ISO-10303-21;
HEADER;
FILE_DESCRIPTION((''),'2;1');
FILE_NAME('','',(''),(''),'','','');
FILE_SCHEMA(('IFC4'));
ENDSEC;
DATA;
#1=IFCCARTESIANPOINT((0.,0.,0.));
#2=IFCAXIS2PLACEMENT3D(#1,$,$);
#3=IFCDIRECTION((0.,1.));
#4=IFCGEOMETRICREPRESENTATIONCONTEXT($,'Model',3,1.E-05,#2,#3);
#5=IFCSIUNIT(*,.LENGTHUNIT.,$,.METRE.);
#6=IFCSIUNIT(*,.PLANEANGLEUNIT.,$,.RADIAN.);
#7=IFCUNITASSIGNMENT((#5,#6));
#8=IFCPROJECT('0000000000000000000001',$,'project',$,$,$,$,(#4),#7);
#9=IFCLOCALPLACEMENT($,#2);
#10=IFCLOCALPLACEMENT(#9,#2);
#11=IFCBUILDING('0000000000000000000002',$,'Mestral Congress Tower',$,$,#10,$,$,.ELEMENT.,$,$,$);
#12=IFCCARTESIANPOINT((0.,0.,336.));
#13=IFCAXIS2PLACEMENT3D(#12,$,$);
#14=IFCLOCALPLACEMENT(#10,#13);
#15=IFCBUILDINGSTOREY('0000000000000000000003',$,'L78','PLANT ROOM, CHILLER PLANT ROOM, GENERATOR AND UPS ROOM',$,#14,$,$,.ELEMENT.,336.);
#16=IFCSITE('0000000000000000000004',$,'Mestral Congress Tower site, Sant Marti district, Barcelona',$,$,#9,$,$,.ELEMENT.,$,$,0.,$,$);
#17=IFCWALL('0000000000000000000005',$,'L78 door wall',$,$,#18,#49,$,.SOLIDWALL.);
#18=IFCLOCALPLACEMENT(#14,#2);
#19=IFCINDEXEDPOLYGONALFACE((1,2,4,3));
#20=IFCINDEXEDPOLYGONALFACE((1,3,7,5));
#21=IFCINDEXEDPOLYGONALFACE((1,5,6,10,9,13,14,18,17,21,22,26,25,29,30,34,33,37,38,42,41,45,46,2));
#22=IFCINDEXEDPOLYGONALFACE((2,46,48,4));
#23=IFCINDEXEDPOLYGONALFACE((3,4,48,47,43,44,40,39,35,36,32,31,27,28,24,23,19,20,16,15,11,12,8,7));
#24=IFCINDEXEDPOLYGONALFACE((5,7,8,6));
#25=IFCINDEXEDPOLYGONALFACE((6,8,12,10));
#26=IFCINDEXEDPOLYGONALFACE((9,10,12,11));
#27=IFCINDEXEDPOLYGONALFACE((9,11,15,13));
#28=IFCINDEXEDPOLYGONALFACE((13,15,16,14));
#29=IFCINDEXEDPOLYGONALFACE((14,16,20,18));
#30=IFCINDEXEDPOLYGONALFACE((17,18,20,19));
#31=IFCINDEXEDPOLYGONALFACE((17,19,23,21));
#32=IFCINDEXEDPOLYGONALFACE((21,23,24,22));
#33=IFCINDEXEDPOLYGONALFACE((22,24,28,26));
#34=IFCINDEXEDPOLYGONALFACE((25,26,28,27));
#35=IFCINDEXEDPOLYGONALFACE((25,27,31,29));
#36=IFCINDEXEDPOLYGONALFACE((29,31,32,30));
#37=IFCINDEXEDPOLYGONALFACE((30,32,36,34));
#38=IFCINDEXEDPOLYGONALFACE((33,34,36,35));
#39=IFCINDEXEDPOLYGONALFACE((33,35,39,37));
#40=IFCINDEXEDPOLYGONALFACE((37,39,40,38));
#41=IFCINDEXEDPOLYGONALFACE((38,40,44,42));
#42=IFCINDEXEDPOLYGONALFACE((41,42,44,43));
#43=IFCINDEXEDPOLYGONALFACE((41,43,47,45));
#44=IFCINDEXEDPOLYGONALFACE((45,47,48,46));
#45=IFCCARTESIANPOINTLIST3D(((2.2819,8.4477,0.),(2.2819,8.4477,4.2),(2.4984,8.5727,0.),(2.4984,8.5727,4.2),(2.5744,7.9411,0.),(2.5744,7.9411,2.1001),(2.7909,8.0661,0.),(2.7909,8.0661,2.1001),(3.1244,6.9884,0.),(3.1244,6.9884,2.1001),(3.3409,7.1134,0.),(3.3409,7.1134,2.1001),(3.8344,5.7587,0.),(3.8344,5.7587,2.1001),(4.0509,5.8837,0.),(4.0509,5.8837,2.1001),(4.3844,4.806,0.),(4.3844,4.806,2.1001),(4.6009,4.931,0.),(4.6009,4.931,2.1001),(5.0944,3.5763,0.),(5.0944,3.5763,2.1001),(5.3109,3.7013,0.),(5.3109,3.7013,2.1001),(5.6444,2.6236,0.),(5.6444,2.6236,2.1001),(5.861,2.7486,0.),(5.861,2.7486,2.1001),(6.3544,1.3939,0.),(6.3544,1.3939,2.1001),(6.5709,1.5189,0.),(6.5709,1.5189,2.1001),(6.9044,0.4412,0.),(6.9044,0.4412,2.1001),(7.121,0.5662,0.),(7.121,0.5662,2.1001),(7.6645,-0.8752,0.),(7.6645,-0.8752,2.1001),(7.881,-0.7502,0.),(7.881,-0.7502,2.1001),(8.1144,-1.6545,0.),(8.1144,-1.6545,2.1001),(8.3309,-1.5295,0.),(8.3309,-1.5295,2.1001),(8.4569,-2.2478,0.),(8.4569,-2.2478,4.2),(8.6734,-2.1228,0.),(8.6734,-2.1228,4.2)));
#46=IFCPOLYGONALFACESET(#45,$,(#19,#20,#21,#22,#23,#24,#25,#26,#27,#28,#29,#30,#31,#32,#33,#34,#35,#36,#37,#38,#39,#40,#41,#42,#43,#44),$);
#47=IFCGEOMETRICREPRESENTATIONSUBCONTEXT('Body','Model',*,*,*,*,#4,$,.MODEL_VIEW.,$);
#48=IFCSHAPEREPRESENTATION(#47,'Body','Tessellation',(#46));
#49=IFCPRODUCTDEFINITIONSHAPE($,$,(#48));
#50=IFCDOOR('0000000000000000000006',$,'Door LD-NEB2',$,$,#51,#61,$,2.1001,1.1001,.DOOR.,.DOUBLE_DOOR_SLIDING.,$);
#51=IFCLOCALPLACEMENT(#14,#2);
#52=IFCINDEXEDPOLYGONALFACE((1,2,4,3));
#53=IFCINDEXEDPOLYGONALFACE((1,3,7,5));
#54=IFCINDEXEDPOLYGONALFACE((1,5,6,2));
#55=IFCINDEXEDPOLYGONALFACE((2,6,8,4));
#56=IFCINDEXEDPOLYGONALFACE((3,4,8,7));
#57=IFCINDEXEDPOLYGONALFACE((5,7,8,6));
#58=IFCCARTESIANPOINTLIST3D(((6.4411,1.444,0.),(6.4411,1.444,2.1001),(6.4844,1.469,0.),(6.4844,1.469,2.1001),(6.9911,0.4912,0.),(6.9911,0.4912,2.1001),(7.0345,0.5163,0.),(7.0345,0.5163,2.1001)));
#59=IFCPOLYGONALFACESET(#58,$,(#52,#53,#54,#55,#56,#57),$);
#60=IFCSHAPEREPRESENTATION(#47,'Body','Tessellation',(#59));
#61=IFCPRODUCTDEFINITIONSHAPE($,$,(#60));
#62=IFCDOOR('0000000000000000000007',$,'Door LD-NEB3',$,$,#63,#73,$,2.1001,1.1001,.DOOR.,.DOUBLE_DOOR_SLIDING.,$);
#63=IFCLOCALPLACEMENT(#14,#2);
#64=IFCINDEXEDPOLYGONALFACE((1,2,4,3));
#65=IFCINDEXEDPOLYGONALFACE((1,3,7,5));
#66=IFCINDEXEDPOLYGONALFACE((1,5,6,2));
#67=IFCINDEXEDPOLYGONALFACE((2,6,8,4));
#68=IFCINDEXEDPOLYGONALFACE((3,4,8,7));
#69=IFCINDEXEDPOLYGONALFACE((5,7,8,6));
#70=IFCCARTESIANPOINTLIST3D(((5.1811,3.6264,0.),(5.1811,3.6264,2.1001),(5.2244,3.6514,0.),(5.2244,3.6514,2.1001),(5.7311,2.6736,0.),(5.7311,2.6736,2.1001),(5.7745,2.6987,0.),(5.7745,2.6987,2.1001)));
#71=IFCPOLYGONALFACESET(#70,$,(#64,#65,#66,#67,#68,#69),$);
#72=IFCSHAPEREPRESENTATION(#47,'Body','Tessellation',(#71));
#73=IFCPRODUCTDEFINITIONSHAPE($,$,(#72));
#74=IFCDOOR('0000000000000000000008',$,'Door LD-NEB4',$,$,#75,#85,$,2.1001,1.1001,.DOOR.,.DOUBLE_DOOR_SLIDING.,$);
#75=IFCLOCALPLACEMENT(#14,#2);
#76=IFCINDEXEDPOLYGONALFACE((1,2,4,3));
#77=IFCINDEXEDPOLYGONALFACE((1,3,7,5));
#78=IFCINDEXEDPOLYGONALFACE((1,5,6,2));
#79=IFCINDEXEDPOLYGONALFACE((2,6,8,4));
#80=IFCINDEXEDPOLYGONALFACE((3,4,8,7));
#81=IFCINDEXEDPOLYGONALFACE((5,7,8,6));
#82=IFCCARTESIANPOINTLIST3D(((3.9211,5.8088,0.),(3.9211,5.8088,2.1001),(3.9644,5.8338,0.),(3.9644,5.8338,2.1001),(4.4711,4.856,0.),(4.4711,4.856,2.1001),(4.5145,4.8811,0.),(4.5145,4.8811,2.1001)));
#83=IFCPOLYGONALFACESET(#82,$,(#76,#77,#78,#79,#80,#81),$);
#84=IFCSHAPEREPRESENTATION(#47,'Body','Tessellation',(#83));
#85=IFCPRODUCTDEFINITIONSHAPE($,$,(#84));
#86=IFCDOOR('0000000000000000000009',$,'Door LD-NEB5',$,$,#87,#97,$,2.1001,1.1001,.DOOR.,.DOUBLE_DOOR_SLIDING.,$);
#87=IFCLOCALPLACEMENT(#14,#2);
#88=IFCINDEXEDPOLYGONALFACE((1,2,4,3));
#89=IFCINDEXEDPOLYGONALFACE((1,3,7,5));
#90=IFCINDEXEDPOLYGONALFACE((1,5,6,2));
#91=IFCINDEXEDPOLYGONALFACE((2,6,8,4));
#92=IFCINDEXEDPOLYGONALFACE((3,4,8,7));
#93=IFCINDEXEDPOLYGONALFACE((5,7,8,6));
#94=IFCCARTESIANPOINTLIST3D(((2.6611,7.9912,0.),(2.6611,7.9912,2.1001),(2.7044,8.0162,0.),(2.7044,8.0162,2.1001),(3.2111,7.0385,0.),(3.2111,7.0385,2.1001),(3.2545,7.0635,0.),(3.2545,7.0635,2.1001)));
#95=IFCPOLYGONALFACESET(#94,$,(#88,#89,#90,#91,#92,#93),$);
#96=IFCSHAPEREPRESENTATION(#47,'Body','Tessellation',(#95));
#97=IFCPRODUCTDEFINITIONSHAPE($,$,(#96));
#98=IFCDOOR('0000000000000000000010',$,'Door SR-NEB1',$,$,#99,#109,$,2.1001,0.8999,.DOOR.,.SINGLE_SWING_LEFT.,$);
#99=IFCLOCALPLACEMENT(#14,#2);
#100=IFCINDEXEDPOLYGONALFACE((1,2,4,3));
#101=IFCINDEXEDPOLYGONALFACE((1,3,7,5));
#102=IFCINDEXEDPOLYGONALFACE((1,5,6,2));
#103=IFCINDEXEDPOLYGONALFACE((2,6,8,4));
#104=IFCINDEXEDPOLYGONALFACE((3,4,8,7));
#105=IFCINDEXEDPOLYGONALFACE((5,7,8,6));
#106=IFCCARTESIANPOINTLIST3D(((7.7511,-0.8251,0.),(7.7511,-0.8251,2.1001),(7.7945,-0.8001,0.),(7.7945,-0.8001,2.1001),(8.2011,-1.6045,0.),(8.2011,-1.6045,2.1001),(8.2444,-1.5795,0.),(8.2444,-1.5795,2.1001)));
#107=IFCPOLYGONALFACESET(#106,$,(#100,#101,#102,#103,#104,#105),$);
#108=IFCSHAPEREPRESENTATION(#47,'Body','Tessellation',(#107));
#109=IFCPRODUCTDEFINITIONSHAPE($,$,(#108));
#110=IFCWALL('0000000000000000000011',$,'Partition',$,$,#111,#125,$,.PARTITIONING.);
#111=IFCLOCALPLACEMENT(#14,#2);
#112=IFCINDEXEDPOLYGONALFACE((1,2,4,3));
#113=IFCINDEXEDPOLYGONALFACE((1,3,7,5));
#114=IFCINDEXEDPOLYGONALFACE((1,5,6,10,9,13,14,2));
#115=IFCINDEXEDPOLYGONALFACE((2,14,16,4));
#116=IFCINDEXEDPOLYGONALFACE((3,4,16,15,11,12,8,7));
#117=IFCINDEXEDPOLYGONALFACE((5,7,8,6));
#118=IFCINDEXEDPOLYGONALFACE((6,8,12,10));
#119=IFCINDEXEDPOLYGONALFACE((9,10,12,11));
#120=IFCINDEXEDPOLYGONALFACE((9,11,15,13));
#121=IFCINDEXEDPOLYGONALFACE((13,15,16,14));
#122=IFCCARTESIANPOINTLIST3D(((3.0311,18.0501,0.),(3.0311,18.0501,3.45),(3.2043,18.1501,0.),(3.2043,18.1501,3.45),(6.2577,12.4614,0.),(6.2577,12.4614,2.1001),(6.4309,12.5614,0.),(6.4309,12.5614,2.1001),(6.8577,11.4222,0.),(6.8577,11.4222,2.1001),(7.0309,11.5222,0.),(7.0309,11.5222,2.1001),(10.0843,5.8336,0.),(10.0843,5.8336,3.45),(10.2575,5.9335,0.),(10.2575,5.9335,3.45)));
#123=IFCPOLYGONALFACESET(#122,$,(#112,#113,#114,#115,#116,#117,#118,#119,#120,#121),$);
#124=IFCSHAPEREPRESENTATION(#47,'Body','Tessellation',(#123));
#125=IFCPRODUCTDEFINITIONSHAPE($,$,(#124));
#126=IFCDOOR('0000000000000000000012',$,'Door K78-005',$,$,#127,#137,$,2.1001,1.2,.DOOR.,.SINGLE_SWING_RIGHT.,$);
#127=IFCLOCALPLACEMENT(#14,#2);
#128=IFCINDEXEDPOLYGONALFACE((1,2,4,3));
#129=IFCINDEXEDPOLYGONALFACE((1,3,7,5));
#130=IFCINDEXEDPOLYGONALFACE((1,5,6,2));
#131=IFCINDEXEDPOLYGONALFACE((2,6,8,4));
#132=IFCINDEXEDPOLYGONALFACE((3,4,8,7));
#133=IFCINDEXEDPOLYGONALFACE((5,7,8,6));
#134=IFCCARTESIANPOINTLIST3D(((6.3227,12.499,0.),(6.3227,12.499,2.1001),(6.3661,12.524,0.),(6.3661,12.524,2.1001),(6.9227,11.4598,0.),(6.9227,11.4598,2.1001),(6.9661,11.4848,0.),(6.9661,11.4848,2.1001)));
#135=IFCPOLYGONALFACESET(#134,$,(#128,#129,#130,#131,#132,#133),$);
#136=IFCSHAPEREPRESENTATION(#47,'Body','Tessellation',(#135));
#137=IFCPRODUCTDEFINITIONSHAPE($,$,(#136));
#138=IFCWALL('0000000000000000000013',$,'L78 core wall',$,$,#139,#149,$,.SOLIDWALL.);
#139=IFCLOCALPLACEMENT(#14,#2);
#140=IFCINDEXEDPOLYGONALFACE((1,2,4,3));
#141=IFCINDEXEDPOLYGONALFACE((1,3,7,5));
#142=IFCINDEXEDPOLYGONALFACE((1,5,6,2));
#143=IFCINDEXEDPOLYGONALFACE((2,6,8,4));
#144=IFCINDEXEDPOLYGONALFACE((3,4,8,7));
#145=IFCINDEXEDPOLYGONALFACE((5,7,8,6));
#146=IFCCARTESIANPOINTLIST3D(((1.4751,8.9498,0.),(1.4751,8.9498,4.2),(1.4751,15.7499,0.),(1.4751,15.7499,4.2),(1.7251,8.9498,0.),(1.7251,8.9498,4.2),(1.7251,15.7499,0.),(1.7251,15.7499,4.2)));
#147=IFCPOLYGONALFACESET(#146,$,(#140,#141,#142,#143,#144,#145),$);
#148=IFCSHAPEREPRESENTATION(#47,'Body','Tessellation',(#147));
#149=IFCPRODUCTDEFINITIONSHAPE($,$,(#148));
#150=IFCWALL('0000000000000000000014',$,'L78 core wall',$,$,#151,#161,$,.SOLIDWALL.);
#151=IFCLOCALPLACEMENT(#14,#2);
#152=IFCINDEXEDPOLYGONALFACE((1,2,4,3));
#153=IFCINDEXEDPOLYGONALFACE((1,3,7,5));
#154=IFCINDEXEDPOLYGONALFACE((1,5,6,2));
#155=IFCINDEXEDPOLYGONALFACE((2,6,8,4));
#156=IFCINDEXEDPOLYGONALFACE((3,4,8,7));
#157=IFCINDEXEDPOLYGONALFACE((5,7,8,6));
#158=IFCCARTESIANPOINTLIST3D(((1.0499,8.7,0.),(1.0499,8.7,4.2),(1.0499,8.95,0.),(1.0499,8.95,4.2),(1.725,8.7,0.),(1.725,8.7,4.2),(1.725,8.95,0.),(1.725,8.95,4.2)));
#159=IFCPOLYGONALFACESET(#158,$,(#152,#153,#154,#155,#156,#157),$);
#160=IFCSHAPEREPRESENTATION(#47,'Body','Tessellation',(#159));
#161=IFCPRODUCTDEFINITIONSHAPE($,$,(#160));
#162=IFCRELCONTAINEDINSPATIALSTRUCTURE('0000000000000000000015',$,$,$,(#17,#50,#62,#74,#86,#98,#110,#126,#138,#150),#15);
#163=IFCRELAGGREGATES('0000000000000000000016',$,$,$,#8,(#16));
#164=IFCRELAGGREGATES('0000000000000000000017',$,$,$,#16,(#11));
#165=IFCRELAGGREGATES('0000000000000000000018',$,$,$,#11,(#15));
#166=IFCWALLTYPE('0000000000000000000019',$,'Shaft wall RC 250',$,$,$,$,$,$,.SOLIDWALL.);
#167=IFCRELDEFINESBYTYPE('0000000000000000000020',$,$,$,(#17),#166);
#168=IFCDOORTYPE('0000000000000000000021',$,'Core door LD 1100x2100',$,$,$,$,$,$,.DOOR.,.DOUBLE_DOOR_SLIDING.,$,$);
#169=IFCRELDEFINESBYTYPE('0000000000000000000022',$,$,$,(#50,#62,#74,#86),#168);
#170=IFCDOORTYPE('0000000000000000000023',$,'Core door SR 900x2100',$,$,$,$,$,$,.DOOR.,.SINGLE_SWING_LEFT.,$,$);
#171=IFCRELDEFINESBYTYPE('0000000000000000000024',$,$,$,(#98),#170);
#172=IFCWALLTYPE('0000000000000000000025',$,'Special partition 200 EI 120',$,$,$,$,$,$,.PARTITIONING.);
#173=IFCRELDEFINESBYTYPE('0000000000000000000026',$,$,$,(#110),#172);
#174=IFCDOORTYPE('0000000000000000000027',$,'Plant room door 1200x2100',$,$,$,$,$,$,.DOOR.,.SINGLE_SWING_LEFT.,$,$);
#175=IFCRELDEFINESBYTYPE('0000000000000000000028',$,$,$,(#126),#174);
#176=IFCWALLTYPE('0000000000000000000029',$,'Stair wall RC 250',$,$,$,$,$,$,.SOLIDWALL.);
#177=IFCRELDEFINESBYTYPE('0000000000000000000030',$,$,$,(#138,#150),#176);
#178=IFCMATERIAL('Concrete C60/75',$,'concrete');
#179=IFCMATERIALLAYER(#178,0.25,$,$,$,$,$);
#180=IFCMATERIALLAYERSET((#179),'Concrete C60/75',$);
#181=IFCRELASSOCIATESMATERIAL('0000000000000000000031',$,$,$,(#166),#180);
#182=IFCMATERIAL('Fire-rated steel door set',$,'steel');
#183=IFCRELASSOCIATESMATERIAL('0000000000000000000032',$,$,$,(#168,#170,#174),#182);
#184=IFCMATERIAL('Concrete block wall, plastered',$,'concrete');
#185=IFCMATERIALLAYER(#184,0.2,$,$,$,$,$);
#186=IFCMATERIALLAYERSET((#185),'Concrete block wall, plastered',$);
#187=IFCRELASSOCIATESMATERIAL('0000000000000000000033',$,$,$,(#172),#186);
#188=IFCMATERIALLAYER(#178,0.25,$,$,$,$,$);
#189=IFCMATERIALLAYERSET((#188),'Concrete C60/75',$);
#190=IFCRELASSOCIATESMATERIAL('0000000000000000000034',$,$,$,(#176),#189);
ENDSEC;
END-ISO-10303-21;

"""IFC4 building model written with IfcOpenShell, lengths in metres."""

from ifc_helpers import new_model, si_unit, direction, frame, frame_2d, origin, place, context, subcontext, project, spatial, rectangle, extrude, material, layer, layer_set, type_object, element, fill, save


model = new_model("IFC4")

# Units and contexts
model_context = context("Model", 3, precision=1e-05, world=origin(), true_north=direction((0.0, 1.0)))
body_context = subcontext(model_context, "Body", "Model", "MODEL_VIEW")
ifc_project = project(units=[si_unit("LENGTHUNIT", "METRE"), si_unit("PLANEANGLEUNIT", "RADIAN")], contexts=[model_context])

# Site, building, storey
site_placement = place(None, origin())
site = spatial("IfcSite", under=ifc_project, at=site_placement, Name="Mestral Congress Tower site, Sant Marti district, Barcelona", CompositionType="ELEMENT", RefElevation=0.0)
building_placement = place(site_placement, origin())
building = spatial("IfcBuilding", under=site, at=building_placement, Name="Mestral Congress Tower", CompositionType="ELEMENT")
storey_placement = place(building_placement, frame((0.0, 0.0, 336.0)))
storey = spatial("IfcBuildingStorey", under=building, at=storey_placement, Name="L78", Description="PLANT ROOM, CHILLER PLANT ROOM, GENERATOR AND UPS ROOM", CompositionType="ELEMENT", Elevation=336.0)

# Shared definitions
ifc_material_1 = material(Name="Concrete C60/75", Category="concrete")

# Shared definitions
ifc_material_2 = material(Name="Fire-rated steel door set", Category="steel")

# Shared definitions
ifc_layer_1 = layer(ifc_material_1, 0.25)
ifc_layer_set_1 = layer_set([ifc_layer_1], Name="Concrete C60/75")
wall_type_1 = type_object("IfcWallType", Name="Shaft wall RC 250", PredefinedType="SOLIDWALL", material=ifc_layer_set_1)

# Wall, openings, doors
wall_1_placement = place(storey_placement, frame((8.5652, -2.1853, 0.0), z_axis=(0.0, 0.0, 1.0), x_axis=(-0.499998, 0.866027, 0.0)))
wall_1 = element("IfcWall", 1, at=wall_1_placement, inside=storey, type_object=wall_type_1, Name="L78 door wall", PredefinedType="SOLIDWALL", context=body_context, shape_type="SweptSolid", body=[
    extrude(rectangle(XDim=12.3501, YDim=0.25, at=frame_2d((6.175, 0.0))), origin(), (0.0, 0.0, 1.0), 4.2),
])
opening_1_placement = place(wall_1_placement, frame((0.6851, 0.0, 0.0)))
opening_1 = element("IfcOpeningElement", 2, at=opening_1_placement, cuts=wall_1, PredefinedType="OPENING", context=body_context, shape_type="SweptSolid", body=[
    extrude(rectangle(XDim=0.8999, YDim=2.1001, at=frame_2d((0.45, 1.05))), frame((0.0, 0.135, 0.0), z_axis=(0.0, -1.0, 0.0), x_axis=(1.0, 0.0, 0.0)), (0.0, 0.0, 1.0), 0.27),
])
opening_2_placement = place(wall_1_placement, frame((3.105, 0.0, 0.0)))
opening_2 = element("IfcOpeningElement", 3, at=opening_2_placement, cuts=wall_1, PredefinedType="OPENING", context=body_context, shape_type="SweptSolid", body=[
    extrude(rectangle(XDim=1.1001, YDim=2.1001, at=frame_2d((0.55, 1.05))), frame((0.0, 0.135, 0.0), z_axis=(0.0, -1.0, 0.0), x_axis=(1.0, 0.0, 0.0)), (0.0, 0.0, 1.0), 0.27),
])
opening_3_placement = place(wall_1_placement, frame((5.625, 0.0, 0.0)))
opening_3 = element("IfcOpeningElement", 4, at=opening_3_placement, cuts=wall_1, PredefinedType="OPENING", context=body_context, shape_type="SweptSolid", body=[
    extrude(rectangle(XDim=1.1001, YDim=2.1001, at=frame_2d((0.55, 1.05))), frame((0.0, 0.135, 0.0), z_axis=(0.0, -1.0, 0.0), x_axis=(1.0, 0.0, 0.0)), (0.0, 0.0, 1.0), 0.27),
])
opening_4_placement = place(wall_1_placement, frame((8.145, 0.0, 0.0)))
opening_4 = element("IfcOpeningElement", 5, at=opening_4_placement, cuts=wall_1, PredefinedType="OPENING", context=body_context, shape_type="SweptSolid", body=[
    extrude(rectangle(XDim=1.1001, YDim=2.1001, at=frame_2d((0.55, 1.05))), frame((0.0, 0.135, 0.0), z_axis=(0.0, -1.0, 0.0), x_axis=(1.0, 0.0, 0.0)), (0.0, 0.0, 1.0), 0.27),
])
opening_5_placement = place(wall_1_placement, frame((10.665, 0.0, 0.0)))
opening_5 = element("IfcOpeningElement", 6, at=opening_5_placement, cuts=wall_1, PredefinedType="OPENING", context=body_context, shape_type="SweptSolid", body=[
    extrude(rectangle(XDim=1.1001, YDim=2.1001, at=frame_2d((0.55, 1.05))), frame((0.0, 0.135, 0.0), z_axis=(0.0, -1.0, 0.0), x_axis=(1.0, 0.0, 0.0)), (0.0, 0.0, 1.0), 0.27),
])
door_type_1 = type_object("IfcDoorType", Name="Core door LD 1100x2100", OperationType="DOUBLE_DOOR_SLIDING", PredefinedType="DOOR", material=ifc_material_2)
door_1_placement = place(opening_2_placement, origin())
door_1 = element("IfcDoor", 7, at=door_1_placement, inside=storey, type_object=door_type_1, Name="Door LD-NEB2", OperationType="DOUBLE_DOOR_SLIDING", OverallHeight=2.1001, OverallWidth=1.1001, PredefinedType="DOOR", context=body_context, shape_type="SweptSolid", body=[
    extrude(rectangle(XDim=1.1001, YDim=2.1001, at=frame_2d((0.55, 1.05))), frame((0.0, 0.0249, 0.0), z_axis=(0.0, -1.0, 0.0), x_axis=(1.0, 0.0, 0.0)), (0.0, 0.0, 1.0), 0.05),
])
fill(opening_2, door_1)
door_2_placement = place(opening_3_placement, origin())
door_2 = element("IfcDoor", 8, at=door_2_placement, inside=storey, type_object=door_type_1, Name="Door LD-NEB3", OperationType="DOUBLE_DOOR_SLIDING", OverallHeight=2.1001, OverallWidth=1.1001, PredefinedType="DOOR", context=body_context, shape_type="SweptSolid", body=[
    extrude(rectangle(XDim=1.1001, YDim=2.1001, at=frame_2d((0.55, 1.05))), frame((0.0, 0.0249, 0.0), z_axis=(0.0, -1.0, 0.0), x_axis=(1.0, 0.0, 0.0)), (0.0, 0.0, 1.0), 0.05),
])
fill(opening_3, door_2)
door_3_placement = place(opening_4_placement, origin())
door_3 = element("IfcDoor", 9, at=door_3_placement, inside=storey, type_object=door_type_1, Name="Door LD-NEB4", OperationType="DOUBLE_DOOR_SLIDING", OverallHeight=2.1001, OverallWidth=1.1001, PredefinedType="DOOR", context=body_context, shape_type="SweptSolid", body=[
    extrude(rectangle(XDim=1.1001, YDim=2.1001, at=frame_2d((0.55, 1.05))), frame((0.0, 0.0249, 0.0), z_axis=(0.0, -1.0, 0.0), x_axis=(1.0, 0.0, 0.0)), (0.0, 0.0, 1.0), 0.05),
])
fill(opening_4, door_3)
door_4_placement = place(opening_5_placement, origin())
door_4 = element("IfcDoor", 10, at=door_4_placement, inside=storey, type_object=door_type_1, Name="Door LD-NEB5", OperationType="DOUBLE_DOOR_SLIDING", OverallHeight=2.1001, OverallWidth=1.1001, PredefinedType="DOOR", context=body_context, shape_type="SweptSolid", body=[
    extrude(rectangle(XDim=1.1001, YDim=2.1001, at=frame_2d((0.55, 1.05))), frame((0.0, 0.0249, 0.0), z_axis=(0.0, -1.0, 0.0), x_axis=(1.0, 0.0, 0.0)), (0.0, 0.0, 1.0), 0.05),
])
fill(opening_5, door_4)
door_type_2 = type_object("IfcDoorType", Name="Core door SR 900x2100", OperationType="SINGLE_SWING_LEFT", PredefinedType="DOOR", material=ifc_material_2)
door_5_placement = place(opening_1_placement, origin())
door_5 = element("IfcDoor", 11, at=door_5_placement, inside=storey, type_object=door_type_2, Name="Door SR-NEB1", OperationType="SINGLE_SWING_LEFT", OverallHeight=2.1001, OverallWidth=0.8999, PredefinedType="DOOR", context=body_context, shape_type="SweptSolid", body=[
    extrude(rectangle(XDim=0.8999, YDim=2.1001, at=frame_2d((0.45, 1.05))), frame((0.0, 0.0249, 0.0), z_axis=(0.0, -1.0, 0.0), x_axis=(1.0, 0.0, 0.0)), (0.0, 0.0, 1.0), 0.05),
])
fill(opening_1, door_5)

# Wall, opening, door
ifc_material_3 = material(Name="Concrete block wall, plastered", Category="concrete")
ifc_layer_2 = layer(ifc_material_3, 0.2)
ifc_layer_set_2 = layer_set([ifc_layer_2], Name="Concrete block wall, plastered")
wall_type_2 = type_object("IfcWallType", Name="Special partition 200 EI 120", PredefinedType="PARTITIONING", material=ifc_layer_set_2)
wall_2_placement = place(storey_placement, frame((10.1709, 5.8835, 0.0), z_axis=(0.0, 0.0, 1.0), x_axis=(-0.5, 0.866026, 0.0)))
wall_2 = element("IfcWall", 12, at=wall_2_placement, inside=storey, type_object=wall_type_2, Name="Partition", PredefinedType="PARTITIONING", context=body_context, shape_type="SweptSolid", body=[
    extrude(rectangle(XDim=14.1064, YDim=0.2, at=frame_2d((7.0532, 0.0))), origin(), (0.0, 0.0, 1.0), 3.45),
])
opening_6_placement = place(wall_2_placement, frame((6.4531, 0.0, 0.0)))
opening_6 = element("IfcOpeningElement", 13, at=opening_6_placement, cuts=wall_2, PredefinedType="OPENING", context=body_context, shape_type="SweptSolid", body=[
    extrude(rectangle(XDim=1.2, YDim=2.1001, at=frame_2d((0.6001, 1.05))), frame((0.0, 0.1099, 0.0), z_axis=(0.0, -1.0, 0.0), x_axis=(1.0, 0.0, 0.0)), (0.0, 0.0, 1.0), 0.22),
])
door_type_3 = type_object("IfcDoorType", Name="Plant room door 1200x2100", OperationType="SINGLE_SWING_LEFT", PredefinedType="DOOR", material=ifc_material_2)
door_6_placement = place(opening_6_placement, origin())
door_6 = element("IfcDoor", 14, at=door_6_placement, inside=storey, type_object=door_type_3, Name="Door K78-005", OperationType="SINGLE_SWING_RIGHT", OverallHeight=2.1001, OverallWidth=1.2, PredefinedType="DOOR", context=body_context, shape_type="SweptSolid", body=[
    extrude(rectangle(XDim=1.2, YDim=2.1001, at=frame_2d((0.6001, 1.05))), frame((0.0, 0.0249, 0.0), z_axis=(0.0, -1.0, 0.0), x_axis=(1.0, 0.0, 0.0)), (0.0, 0.0, 1.0), 0.05),
])
fill(opening_6, door_6)

# Walls
ifc_layer_3 = layer(ifc_material_1, 0.25)
ifc_layer_set_3 = layer_set([ifc_layer_3], Name="Concrete C60/75")
wall_type_3 = type_object("IfcWallType", Name="Stair wall RC 250", PredefinedType="SOLIDWALL", material=ifc_layer_set_3)
wall_3_placement = place(storey_placement, frame((1.6001, 8.95, 0.0), z_axis=(0.0, 0.0, 1.0), x_axis=(0.0, 1.0, 0.0)))
element("IfcWall", 15, at=wall_3_placement, inside=storey, type_object=wall_type_3, Name="L78 core wall", PredefinedType="SOLIDWALL", context=body_context, shape_type="SweptSolid", body=[
    extrude(rectangle(XDim=6.8, YDim=0.25, at=frame_2d((3.3999, 0.0))), origin(), (0.0, 0.0, 1.0), 4.2),
])
wall_4_placement = place(storey_placement, frame((1.05, 8.825, 0.0), z_axis=(0.0, 0.0, 1.0), x_axis=(1.0, 0.0, 0.0)))
element("IfcWall", 16, at=wall_4_placement, inside=storey, type_object=wall_type_3, Name="L78 core wall", PredefinedType="SOLIDWALL", context=body_context, shape_type="SweptSolid", body=[
    extrude(rectangle(XDim=0.675, YDim=0.25, at=frame_2d((0.3374, 0.0))), origin(), (0.0, 0.0, 1.0), 4.2),
])

save(model, "model.ifc")
